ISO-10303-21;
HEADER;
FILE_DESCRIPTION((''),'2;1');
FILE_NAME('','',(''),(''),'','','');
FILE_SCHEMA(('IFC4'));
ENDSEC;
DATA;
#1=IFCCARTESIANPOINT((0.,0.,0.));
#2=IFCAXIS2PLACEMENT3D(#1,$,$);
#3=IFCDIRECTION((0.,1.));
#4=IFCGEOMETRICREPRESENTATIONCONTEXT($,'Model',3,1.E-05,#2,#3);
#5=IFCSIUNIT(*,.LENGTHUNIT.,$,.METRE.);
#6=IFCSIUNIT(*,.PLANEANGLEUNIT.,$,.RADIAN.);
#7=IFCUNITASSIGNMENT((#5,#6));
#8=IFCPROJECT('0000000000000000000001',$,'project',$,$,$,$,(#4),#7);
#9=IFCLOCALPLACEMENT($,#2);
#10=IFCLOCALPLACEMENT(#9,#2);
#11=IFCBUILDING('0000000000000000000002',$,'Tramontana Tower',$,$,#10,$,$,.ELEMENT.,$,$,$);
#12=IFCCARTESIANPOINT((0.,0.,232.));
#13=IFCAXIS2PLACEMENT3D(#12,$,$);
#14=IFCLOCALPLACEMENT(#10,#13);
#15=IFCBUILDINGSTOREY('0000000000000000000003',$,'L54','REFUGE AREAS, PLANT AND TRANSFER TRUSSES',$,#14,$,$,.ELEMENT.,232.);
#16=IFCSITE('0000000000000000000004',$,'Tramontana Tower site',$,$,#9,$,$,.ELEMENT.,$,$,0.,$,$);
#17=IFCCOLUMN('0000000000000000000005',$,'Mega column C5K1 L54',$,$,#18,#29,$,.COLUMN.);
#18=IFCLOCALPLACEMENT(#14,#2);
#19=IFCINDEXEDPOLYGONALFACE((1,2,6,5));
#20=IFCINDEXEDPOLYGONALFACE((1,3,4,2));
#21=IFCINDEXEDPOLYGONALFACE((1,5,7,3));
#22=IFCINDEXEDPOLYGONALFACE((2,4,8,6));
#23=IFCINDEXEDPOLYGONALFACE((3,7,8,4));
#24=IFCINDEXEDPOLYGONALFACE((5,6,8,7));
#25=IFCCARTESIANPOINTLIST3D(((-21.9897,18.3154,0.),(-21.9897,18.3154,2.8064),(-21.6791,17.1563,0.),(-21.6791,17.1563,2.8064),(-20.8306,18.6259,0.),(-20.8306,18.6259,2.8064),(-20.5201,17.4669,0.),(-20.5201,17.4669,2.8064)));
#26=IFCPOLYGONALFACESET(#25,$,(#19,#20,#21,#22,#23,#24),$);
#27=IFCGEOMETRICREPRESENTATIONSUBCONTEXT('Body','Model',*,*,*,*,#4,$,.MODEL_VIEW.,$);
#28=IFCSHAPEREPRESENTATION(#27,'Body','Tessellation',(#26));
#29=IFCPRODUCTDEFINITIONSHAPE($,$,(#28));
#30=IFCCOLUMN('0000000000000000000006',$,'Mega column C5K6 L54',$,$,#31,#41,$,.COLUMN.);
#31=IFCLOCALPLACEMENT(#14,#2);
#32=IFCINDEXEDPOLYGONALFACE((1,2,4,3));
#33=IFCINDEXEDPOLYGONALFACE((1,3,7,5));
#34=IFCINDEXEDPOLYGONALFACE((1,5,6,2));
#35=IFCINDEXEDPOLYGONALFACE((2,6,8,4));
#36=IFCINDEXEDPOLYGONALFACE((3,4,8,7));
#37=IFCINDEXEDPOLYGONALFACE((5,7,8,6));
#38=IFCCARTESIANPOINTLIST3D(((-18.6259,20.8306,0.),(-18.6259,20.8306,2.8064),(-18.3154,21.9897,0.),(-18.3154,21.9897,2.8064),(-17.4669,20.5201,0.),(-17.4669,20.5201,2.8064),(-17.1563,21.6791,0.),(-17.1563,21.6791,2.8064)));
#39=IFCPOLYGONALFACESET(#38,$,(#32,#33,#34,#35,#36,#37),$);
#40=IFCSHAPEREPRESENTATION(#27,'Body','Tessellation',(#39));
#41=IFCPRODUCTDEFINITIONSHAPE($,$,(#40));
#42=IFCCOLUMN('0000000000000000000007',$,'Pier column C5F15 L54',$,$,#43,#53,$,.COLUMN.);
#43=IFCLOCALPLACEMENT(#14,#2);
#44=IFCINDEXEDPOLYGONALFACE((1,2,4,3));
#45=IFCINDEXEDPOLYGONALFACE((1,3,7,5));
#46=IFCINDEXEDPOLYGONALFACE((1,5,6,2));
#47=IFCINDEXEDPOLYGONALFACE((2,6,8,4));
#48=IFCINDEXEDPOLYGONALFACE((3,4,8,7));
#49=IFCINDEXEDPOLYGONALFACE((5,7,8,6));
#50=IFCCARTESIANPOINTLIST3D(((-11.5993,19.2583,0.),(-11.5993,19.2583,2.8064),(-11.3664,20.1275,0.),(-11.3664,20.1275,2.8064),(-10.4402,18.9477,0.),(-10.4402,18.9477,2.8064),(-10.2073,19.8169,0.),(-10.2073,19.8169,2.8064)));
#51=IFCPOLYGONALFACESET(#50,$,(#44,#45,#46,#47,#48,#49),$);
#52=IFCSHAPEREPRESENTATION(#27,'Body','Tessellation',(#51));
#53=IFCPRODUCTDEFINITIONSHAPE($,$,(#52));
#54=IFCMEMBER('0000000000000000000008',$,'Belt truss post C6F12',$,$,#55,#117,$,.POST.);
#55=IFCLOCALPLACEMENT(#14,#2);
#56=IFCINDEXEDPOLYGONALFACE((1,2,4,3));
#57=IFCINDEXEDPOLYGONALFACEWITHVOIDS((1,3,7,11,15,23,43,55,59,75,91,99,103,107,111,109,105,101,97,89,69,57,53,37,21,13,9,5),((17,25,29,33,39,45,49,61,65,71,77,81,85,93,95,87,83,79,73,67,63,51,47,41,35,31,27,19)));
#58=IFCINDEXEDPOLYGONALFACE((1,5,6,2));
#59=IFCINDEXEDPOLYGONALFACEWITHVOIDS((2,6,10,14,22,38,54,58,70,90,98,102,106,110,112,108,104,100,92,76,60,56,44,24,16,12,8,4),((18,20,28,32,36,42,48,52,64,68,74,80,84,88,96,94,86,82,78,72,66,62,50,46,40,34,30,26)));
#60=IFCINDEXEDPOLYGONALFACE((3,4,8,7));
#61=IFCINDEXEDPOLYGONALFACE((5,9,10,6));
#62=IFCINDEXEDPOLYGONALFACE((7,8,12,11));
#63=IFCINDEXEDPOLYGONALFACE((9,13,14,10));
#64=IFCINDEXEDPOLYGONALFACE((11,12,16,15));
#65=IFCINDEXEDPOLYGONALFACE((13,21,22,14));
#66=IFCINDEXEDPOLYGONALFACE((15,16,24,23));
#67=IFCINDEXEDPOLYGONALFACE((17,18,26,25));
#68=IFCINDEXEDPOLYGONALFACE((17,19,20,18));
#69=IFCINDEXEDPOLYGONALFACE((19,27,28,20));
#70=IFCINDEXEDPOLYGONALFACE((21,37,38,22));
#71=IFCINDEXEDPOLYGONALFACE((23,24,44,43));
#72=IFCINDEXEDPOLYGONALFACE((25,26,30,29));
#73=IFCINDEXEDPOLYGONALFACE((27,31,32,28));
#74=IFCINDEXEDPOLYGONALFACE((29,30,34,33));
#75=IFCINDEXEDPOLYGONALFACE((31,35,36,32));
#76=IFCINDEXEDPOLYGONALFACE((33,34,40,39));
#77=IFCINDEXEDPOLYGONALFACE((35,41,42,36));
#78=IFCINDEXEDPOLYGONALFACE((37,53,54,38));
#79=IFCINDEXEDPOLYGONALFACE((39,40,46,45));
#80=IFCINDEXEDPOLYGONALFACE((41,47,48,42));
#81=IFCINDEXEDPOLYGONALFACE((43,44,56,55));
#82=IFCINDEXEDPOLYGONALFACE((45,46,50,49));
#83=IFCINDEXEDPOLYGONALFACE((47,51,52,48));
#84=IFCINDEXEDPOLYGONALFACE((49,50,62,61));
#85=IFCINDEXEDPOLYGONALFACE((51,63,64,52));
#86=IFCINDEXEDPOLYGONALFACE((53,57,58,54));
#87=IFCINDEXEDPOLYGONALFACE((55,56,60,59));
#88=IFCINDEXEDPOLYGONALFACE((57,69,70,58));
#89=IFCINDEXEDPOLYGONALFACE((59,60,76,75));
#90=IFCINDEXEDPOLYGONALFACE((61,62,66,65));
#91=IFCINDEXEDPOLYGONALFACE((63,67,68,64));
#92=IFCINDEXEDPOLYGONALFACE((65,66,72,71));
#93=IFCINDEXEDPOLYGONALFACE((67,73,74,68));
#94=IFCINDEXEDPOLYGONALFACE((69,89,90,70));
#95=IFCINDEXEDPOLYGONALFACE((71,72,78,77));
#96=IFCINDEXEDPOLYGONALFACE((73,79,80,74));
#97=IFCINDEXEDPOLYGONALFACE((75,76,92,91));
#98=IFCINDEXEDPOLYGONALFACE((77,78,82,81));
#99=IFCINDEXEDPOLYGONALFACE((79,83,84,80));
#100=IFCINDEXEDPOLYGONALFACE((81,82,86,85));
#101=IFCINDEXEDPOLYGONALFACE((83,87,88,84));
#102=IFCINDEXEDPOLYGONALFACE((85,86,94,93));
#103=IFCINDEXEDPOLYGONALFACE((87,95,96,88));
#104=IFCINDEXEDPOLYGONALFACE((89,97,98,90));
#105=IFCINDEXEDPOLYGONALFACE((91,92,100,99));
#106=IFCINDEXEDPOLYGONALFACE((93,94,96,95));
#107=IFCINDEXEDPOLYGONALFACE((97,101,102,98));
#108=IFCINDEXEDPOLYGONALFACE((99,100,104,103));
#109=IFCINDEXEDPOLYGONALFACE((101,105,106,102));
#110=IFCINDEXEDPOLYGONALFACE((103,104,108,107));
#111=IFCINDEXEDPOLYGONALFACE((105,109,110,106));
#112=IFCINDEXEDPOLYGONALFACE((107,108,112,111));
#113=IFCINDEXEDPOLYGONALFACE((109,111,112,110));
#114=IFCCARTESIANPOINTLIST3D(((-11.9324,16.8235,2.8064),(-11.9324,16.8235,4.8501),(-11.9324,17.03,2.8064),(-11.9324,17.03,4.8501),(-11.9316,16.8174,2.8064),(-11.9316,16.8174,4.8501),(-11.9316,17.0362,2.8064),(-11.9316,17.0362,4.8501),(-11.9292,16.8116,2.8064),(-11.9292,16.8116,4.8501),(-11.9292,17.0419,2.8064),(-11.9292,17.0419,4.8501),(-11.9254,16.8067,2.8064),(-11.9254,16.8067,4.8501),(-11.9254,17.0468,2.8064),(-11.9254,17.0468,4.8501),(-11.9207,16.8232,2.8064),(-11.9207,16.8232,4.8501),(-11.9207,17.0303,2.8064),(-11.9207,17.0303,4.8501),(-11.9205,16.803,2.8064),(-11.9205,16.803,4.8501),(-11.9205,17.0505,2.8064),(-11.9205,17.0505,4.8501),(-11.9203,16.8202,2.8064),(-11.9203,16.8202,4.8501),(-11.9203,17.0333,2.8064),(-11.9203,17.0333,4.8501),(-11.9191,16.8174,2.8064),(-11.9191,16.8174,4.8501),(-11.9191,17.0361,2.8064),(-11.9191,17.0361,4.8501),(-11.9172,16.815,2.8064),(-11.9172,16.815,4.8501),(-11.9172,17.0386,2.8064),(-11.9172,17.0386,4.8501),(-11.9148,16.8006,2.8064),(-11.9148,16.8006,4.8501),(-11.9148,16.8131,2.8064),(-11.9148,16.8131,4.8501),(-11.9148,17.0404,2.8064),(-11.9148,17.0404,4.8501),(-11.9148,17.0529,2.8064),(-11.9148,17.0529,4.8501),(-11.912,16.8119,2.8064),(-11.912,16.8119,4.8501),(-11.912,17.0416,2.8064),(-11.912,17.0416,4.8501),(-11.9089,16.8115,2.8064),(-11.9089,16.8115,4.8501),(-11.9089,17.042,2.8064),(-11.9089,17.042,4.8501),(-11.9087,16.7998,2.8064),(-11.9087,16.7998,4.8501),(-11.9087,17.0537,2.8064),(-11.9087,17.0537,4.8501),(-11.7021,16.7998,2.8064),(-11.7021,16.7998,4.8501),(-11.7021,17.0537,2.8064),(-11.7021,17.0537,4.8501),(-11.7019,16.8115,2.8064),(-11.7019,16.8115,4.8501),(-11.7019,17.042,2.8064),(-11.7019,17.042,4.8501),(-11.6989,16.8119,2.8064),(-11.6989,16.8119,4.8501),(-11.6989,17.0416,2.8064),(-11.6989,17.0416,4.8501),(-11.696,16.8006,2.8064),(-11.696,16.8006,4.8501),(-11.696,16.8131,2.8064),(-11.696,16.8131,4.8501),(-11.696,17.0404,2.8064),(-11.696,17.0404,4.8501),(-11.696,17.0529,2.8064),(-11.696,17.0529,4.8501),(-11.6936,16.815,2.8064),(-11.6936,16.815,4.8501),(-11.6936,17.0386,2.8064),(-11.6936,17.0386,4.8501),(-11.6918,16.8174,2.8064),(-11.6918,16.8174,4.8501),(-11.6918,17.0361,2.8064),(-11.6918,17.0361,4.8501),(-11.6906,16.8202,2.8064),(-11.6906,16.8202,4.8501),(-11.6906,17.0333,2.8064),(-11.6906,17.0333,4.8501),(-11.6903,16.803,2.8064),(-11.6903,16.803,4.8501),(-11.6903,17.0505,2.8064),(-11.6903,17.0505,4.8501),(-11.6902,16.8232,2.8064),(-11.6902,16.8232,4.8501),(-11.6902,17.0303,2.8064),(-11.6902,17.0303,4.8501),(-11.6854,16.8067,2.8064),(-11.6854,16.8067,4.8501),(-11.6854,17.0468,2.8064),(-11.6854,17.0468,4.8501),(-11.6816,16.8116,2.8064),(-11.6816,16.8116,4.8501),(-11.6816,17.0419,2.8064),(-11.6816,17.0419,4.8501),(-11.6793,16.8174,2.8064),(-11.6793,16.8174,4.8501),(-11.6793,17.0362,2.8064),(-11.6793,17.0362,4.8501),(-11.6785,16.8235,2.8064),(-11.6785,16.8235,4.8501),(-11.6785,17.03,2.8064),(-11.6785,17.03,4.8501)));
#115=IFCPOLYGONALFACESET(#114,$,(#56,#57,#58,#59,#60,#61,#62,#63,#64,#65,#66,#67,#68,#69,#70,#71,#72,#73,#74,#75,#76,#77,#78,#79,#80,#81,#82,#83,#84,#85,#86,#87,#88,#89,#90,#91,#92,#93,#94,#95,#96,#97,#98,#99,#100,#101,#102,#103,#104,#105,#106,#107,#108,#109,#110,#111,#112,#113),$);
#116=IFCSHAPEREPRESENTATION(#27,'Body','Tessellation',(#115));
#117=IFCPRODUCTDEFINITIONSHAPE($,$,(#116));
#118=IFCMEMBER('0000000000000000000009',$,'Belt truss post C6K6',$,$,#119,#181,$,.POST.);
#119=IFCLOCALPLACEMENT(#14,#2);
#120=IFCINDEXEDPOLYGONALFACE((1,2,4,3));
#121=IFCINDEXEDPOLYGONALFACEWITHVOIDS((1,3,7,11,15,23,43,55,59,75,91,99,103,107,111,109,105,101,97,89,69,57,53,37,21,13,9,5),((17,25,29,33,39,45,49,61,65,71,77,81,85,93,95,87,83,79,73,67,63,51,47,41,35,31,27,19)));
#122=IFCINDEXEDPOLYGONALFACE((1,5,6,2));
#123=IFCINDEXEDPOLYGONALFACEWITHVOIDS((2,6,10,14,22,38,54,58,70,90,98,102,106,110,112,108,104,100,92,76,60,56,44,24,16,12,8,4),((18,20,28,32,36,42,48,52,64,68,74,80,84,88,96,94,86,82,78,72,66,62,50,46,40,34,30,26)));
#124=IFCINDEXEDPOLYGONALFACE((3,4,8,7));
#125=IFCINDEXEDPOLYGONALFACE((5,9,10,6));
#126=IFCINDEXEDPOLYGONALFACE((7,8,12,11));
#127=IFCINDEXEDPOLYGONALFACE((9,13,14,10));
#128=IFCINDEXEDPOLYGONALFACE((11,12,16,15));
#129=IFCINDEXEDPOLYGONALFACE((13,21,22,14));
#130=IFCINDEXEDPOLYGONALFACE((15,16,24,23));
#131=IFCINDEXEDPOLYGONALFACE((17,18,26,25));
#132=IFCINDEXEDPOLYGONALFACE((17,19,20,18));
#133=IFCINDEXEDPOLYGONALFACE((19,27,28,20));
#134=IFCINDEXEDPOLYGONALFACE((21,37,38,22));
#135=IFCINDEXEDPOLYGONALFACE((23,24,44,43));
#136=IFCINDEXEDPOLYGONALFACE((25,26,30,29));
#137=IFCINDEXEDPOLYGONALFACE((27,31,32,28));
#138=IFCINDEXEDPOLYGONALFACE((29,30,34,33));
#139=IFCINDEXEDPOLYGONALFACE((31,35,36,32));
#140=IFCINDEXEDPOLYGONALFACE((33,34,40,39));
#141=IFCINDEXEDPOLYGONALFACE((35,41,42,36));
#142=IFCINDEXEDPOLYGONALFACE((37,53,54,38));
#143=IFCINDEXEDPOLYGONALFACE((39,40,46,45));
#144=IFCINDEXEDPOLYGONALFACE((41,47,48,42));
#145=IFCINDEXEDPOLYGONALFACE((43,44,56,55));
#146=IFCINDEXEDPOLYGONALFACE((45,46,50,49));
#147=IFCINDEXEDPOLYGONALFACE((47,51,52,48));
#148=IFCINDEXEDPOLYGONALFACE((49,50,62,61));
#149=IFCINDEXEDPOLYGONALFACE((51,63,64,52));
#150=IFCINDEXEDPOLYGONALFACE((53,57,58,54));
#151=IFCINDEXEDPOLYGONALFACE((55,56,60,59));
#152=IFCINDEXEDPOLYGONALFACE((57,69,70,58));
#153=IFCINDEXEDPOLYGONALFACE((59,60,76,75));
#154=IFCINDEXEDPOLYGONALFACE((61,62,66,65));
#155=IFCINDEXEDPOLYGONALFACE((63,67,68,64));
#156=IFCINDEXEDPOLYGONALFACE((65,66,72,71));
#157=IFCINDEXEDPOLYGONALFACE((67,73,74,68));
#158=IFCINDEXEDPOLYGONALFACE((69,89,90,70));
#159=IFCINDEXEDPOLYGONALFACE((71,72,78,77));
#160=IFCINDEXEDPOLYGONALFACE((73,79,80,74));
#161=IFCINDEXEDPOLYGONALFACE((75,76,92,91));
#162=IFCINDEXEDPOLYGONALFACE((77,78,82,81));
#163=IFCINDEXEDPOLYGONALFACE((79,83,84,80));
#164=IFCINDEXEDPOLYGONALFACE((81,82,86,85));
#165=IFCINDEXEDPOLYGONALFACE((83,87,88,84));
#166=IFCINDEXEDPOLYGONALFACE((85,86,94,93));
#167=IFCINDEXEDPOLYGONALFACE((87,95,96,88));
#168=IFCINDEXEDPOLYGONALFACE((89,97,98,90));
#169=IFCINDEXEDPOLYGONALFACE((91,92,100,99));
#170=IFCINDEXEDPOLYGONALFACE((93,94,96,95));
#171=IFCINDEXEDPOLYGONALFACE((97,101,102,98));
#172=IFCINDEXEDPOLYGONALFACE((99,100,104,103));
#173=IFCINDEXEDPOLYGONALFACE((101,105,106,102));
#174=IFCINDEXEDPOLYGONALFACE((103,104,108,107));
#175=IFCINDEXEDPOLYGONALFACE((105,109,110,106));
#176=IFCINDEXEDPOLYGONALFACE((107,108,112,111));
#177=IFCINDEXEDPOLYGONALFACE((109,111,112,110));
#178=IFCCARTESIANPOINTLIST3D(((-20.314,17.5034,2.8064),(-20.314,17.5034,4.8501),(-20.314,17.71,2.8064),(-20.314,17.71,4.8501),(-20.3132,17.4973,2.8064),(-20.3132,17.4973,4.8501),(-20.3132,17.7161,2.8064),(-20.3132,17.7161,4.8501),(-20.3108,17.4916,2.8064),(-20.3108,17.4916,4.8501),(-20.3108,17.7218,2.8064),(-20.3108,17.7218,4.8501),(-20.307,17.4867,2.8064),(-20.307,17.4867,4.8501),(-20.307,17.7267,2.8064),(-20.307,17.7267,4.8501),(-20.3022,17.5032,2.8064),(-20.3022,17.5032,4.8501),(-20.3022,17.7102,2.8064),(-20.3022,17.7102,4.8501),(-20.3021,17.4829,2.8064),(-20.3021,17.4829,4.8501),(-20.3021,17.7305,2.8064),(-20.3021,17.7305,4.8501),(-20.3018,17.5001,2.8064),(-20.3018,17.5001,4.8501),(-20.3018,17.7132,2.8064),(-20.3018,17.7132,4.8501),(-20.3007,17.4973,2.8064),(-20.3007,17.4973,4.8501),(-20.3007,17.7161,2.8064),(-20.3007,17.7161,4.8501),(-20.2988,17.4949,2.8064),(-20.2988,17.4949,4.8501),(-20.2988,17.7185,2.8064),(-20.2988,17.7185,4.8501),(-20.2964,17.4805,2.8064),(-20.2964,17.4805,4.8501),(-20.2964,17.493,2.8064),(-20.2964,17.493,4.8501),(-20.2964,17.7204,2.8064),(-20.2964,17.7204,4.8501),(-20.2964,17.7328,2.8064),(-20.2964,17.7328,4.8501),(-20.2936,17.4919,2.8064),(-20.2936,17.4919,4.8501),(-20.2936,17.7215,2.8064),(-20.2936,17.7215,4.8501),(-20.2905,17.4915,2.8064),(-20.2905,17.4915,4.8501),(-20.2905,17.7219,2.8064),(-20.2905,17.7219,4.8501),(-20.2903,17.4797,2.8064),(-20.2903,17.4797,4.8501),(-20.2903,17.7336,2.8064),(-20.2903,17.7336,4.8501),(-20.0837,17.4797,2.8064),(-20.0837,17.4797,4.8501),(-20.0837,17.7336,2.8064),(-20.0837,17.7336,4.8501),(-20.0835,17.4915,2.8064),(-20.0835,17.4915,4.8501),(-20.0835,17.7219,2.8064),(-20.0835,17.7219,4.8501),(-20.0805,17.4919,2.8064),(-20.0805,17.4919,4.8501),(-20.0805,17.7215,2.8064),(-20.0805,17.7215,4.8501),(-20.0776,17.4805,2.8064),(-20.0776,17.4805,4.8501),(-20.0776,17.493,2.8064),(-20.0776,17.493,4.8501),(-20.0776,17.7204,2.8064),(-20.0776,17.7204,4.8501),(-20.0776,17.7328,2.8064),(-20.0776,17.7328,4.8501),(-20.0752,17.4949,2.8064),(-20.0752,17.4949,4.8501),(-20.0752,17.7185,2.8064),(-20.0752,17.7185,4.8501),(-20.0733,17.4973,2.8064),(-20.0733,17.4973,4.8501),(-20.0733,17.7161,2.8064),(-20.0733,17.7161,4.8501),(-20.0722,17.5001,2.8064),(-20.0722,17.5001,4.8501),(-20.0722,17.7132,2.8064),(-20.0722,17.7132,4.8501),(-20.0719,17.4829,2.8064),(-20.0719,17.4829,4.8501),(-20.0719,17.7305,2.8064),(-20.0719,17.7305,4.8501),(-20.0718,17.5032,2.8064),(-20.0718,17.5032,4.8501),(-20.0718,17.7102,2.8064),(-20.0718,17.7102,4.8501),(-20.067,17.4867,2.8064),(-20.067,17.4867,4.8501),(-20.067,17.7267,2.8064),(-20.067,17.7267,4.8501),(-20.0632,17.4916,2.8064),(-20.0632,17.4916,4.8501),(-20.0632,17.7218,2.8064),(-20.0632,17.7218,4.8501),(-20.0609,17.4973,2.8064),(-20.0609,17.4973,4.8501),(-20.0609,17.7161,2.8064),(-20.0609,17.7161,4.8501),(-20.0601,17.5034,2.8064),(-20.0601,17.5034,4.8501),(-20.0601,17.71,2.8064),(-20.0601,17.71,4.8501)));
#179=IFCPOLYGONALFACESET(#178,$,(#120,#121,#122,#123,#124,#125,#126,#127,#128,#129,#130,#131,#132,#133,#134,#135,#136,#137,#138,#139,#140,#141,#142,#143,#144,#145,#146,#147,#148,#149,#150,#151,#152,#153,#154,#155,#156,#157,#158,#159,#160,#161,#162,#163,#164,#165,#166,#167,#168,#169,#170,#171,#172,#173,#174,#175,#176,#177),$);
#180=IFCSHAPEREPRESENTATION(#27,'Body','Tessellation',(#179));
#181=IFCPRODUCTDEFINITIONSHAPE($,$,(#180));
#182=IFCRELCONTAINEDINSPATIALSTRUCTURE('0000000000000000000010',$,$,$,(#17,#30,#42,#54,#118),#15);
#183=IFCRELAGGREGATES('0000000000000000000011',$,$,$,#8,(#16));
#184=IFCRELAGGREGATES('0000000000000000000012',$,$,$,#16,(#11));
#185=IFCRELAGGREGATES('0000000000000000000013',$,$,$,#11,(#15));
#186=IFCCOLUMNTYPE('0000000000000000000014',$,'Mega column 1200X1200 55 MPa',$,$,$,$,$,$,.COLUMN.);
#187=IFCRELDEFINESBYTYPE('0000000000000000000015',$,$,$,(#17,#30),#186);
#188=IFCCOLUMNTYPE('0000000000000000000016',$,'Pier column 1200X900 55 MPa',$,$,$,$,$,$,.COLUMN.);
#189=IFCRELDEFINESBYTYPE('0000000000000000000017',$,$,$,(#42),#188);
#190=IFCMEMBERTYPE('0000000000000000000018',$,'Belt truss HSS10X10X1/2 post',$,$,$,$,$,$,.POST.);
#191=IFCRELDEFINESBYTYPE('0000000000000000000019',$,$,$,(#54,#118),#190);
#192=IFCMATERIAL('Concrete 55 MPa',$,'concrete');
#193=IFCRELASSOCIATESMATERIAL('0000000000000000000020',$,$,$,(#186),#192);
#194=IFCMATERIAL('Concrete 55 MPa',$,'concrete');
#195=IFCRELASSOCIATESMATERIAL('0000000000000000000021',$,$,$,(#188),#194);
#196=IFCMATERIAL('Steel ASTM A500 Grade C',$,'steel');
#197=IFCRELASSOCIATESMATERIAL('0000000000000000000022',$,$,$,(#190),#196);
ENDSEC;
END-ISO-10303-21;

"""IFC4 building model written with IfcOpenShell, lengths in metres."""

from ifc_helpers import new_model, si_unit, direction, frame, origin, origin_2d, place, context, subcontext, project, spatial, rectangle, hollow_rectangle, extrude, material, material_profile, profile_set, type_object, element, save


model = new_model("IFC4")

# Units and contexts
model_context = context("Model", 3, precision=1e-05, world=origin(), true_north=direction((0.0, 1.0)))
body_context = subcontext(model_context, "Body", "Model", "MODEL_VIEW")
ifc_project = project(units=[si_unit("LENGTHUNIT", "METRE"), si_unit("PLANEANGLEUNIT", "RADIAN")], contexts=[model_context])

# Site, building, storey
site_placement = place(None, origin())
site = spatial("IfcSite", under=ifc_project, at=site_placement, Name="Tramontana Tower site", CompositionType="ELEMENT", RefElevation=0.0)
building_placement = place(site_placement, origin())
building = spatial("IfcBuilding", under=site, at=building_placement, Name="Tramontana Tower", CompositionType="ELEMENT")
storey_placement = place(building_placement, frame((0.0, 0.0, 232.0)))
storey = spatial("IfcBuildingStorey", under=building, at=storey_placement, Name="L54", Description="REFUGE AREAS, PLANT AND TRANSFER TRUSSES", CompositionType="ELEMENT", Elevation=232.0)

# Columns
ifc_material_1 = material(Name="Concrete 55 MPa", Category="concrete")
ifc_material_profile_1 = material_profile(ifc_material_1, rectangle(XDim=1.2, YDim=1.2, at=origin_2d()), Name="Mega column 1200X1200 55 MPa")
ifc_profile_set_1 = profile_set([ifc_material_profile_1], Name="Concrete 55 MPa")
column_type_1 = type_object("IfcColumnType", Name="Mega column 1200X1200 55 MPa", PredefinedType="COLUMN", material=ifc_profile_set_1)
for number, where, z_axis, x_axis, name in (
    (1, (-21.2549, 17.8911, 0.0), (0.0, 0.0, 1.0), (0.258819, -0.965926, 0.0), "Mega column C5K1 L54"),
    (2, (-17.8911, 21.2549, 0.0), (0.0, 0.0, 1.0), (-0.965926, 0.258819, 0.0), "Mega column C5K6 L54"),
):
    element("IfcColumn", number, at=place(storey_placement, frame(where, z_axis=z_axis, x_axis=x_axis)), inside=storey, type_object=column_type_1, Name=name, PredefinedType="COLUMN", context=body_context, shape_type="SweptSolid", body=[
        extrude(rectangle(XDim=1.2, YDim=1.2, at=origin_2d()), origin(), (0.0, 0.0, 1.0), 2.8064),
    ])
ifc_material_2 = material(Name="Concrete 55 MPa", Category="concrete")
ifc_material_profile_2 = material_profile(ifc_material_2, rectangle(XDim=1.2, YDim=0.8999, at=origin_2d()), Name="Pier column 1200X900 55 MPa")
ifc_profile_set_2 = profile_set([ifc_material_profile_2], Name="Concrete 55 MPa")
column_type_2 = type_object("IfcColumnType", Name="Pier column 1200X900 55 MPa", PredefinedType="COLUMN", material=ifc_profile_set_2)
column_placement = place(storey_placement, frame((-10.9033, 19.5376, 0.0), z_axis=(0.0, 0.0, 1.0), x_axis=(-0.965926, 0.258819, 0.0)))
element("IfcColumn", 3, at=column_placement, inside=storey, type_object=column_type_2, Name="Pier column C5F15 L54", PredefinedType="COLUMN", context=body_context, shape_type="SweptSolid", body=[
    extrude(rectangle(XDim=1.2, YDim=0.8999, at=origin_2d()), origin(), (0.0, 0.0, 1.0), 2.8064),
])

# Members
ifc_material_3 = material(Name="Steel ASTM A500 Grade C", Category="steel")
ifc_material_profile_3 = material_profile(ifc_material_3, hollow_rectangle(XDim=0.2539, YDim=0.2539, WallThickness=0.0117, InnerFilletRadius=0.0117, OuterFilletRadius=0.0237, at=origin_2d()), Name="HSS10X10X1/2")
ifc_profile_set_3 = profile_set([ifc_material_profile_3], Name="Steel ASTM A500 Grade C")
member_type_1 = type_object("IfcMemberType", Name="Belt truss HSS10X10X1/2 post", PredefinedType="POST", material=ifc_profile_set_3)
for number, where, z_axis, x_axis, name in (
    (4, (-11.8054, 16.9268, 2.8064), (0.0, 0.0, 1.0), (1.0, 0.0, 0.0), "Belt truss post C6F12"),
    (5, (-20.187, 17.6067, 2.8064), (0.0, 0.0, 1.0), (1.0, 0.0, 0.0), "Belt truss post C6K6"),
):
    element("IfcMember", number, at=place(storey_placement, frame(where, z_axis=z_axis, x_axis=x_axis)), inside=storey, type_object=member_type_1, Name=name, PredefinedType="POST", context=body_context, shape_type="SweptSolid", body=[
        extrude(hollow_rectangle(XDim=0.2539, YDim=0.2539, WallThickness=0.0117, InnerFilletRadius=0.0117, OuterFilletRadius=0.0237, at=origin_2d()), origin(), (0.0, 0.0, 1.0), 2.0437),
    ])

save(model, "model.ifc")
